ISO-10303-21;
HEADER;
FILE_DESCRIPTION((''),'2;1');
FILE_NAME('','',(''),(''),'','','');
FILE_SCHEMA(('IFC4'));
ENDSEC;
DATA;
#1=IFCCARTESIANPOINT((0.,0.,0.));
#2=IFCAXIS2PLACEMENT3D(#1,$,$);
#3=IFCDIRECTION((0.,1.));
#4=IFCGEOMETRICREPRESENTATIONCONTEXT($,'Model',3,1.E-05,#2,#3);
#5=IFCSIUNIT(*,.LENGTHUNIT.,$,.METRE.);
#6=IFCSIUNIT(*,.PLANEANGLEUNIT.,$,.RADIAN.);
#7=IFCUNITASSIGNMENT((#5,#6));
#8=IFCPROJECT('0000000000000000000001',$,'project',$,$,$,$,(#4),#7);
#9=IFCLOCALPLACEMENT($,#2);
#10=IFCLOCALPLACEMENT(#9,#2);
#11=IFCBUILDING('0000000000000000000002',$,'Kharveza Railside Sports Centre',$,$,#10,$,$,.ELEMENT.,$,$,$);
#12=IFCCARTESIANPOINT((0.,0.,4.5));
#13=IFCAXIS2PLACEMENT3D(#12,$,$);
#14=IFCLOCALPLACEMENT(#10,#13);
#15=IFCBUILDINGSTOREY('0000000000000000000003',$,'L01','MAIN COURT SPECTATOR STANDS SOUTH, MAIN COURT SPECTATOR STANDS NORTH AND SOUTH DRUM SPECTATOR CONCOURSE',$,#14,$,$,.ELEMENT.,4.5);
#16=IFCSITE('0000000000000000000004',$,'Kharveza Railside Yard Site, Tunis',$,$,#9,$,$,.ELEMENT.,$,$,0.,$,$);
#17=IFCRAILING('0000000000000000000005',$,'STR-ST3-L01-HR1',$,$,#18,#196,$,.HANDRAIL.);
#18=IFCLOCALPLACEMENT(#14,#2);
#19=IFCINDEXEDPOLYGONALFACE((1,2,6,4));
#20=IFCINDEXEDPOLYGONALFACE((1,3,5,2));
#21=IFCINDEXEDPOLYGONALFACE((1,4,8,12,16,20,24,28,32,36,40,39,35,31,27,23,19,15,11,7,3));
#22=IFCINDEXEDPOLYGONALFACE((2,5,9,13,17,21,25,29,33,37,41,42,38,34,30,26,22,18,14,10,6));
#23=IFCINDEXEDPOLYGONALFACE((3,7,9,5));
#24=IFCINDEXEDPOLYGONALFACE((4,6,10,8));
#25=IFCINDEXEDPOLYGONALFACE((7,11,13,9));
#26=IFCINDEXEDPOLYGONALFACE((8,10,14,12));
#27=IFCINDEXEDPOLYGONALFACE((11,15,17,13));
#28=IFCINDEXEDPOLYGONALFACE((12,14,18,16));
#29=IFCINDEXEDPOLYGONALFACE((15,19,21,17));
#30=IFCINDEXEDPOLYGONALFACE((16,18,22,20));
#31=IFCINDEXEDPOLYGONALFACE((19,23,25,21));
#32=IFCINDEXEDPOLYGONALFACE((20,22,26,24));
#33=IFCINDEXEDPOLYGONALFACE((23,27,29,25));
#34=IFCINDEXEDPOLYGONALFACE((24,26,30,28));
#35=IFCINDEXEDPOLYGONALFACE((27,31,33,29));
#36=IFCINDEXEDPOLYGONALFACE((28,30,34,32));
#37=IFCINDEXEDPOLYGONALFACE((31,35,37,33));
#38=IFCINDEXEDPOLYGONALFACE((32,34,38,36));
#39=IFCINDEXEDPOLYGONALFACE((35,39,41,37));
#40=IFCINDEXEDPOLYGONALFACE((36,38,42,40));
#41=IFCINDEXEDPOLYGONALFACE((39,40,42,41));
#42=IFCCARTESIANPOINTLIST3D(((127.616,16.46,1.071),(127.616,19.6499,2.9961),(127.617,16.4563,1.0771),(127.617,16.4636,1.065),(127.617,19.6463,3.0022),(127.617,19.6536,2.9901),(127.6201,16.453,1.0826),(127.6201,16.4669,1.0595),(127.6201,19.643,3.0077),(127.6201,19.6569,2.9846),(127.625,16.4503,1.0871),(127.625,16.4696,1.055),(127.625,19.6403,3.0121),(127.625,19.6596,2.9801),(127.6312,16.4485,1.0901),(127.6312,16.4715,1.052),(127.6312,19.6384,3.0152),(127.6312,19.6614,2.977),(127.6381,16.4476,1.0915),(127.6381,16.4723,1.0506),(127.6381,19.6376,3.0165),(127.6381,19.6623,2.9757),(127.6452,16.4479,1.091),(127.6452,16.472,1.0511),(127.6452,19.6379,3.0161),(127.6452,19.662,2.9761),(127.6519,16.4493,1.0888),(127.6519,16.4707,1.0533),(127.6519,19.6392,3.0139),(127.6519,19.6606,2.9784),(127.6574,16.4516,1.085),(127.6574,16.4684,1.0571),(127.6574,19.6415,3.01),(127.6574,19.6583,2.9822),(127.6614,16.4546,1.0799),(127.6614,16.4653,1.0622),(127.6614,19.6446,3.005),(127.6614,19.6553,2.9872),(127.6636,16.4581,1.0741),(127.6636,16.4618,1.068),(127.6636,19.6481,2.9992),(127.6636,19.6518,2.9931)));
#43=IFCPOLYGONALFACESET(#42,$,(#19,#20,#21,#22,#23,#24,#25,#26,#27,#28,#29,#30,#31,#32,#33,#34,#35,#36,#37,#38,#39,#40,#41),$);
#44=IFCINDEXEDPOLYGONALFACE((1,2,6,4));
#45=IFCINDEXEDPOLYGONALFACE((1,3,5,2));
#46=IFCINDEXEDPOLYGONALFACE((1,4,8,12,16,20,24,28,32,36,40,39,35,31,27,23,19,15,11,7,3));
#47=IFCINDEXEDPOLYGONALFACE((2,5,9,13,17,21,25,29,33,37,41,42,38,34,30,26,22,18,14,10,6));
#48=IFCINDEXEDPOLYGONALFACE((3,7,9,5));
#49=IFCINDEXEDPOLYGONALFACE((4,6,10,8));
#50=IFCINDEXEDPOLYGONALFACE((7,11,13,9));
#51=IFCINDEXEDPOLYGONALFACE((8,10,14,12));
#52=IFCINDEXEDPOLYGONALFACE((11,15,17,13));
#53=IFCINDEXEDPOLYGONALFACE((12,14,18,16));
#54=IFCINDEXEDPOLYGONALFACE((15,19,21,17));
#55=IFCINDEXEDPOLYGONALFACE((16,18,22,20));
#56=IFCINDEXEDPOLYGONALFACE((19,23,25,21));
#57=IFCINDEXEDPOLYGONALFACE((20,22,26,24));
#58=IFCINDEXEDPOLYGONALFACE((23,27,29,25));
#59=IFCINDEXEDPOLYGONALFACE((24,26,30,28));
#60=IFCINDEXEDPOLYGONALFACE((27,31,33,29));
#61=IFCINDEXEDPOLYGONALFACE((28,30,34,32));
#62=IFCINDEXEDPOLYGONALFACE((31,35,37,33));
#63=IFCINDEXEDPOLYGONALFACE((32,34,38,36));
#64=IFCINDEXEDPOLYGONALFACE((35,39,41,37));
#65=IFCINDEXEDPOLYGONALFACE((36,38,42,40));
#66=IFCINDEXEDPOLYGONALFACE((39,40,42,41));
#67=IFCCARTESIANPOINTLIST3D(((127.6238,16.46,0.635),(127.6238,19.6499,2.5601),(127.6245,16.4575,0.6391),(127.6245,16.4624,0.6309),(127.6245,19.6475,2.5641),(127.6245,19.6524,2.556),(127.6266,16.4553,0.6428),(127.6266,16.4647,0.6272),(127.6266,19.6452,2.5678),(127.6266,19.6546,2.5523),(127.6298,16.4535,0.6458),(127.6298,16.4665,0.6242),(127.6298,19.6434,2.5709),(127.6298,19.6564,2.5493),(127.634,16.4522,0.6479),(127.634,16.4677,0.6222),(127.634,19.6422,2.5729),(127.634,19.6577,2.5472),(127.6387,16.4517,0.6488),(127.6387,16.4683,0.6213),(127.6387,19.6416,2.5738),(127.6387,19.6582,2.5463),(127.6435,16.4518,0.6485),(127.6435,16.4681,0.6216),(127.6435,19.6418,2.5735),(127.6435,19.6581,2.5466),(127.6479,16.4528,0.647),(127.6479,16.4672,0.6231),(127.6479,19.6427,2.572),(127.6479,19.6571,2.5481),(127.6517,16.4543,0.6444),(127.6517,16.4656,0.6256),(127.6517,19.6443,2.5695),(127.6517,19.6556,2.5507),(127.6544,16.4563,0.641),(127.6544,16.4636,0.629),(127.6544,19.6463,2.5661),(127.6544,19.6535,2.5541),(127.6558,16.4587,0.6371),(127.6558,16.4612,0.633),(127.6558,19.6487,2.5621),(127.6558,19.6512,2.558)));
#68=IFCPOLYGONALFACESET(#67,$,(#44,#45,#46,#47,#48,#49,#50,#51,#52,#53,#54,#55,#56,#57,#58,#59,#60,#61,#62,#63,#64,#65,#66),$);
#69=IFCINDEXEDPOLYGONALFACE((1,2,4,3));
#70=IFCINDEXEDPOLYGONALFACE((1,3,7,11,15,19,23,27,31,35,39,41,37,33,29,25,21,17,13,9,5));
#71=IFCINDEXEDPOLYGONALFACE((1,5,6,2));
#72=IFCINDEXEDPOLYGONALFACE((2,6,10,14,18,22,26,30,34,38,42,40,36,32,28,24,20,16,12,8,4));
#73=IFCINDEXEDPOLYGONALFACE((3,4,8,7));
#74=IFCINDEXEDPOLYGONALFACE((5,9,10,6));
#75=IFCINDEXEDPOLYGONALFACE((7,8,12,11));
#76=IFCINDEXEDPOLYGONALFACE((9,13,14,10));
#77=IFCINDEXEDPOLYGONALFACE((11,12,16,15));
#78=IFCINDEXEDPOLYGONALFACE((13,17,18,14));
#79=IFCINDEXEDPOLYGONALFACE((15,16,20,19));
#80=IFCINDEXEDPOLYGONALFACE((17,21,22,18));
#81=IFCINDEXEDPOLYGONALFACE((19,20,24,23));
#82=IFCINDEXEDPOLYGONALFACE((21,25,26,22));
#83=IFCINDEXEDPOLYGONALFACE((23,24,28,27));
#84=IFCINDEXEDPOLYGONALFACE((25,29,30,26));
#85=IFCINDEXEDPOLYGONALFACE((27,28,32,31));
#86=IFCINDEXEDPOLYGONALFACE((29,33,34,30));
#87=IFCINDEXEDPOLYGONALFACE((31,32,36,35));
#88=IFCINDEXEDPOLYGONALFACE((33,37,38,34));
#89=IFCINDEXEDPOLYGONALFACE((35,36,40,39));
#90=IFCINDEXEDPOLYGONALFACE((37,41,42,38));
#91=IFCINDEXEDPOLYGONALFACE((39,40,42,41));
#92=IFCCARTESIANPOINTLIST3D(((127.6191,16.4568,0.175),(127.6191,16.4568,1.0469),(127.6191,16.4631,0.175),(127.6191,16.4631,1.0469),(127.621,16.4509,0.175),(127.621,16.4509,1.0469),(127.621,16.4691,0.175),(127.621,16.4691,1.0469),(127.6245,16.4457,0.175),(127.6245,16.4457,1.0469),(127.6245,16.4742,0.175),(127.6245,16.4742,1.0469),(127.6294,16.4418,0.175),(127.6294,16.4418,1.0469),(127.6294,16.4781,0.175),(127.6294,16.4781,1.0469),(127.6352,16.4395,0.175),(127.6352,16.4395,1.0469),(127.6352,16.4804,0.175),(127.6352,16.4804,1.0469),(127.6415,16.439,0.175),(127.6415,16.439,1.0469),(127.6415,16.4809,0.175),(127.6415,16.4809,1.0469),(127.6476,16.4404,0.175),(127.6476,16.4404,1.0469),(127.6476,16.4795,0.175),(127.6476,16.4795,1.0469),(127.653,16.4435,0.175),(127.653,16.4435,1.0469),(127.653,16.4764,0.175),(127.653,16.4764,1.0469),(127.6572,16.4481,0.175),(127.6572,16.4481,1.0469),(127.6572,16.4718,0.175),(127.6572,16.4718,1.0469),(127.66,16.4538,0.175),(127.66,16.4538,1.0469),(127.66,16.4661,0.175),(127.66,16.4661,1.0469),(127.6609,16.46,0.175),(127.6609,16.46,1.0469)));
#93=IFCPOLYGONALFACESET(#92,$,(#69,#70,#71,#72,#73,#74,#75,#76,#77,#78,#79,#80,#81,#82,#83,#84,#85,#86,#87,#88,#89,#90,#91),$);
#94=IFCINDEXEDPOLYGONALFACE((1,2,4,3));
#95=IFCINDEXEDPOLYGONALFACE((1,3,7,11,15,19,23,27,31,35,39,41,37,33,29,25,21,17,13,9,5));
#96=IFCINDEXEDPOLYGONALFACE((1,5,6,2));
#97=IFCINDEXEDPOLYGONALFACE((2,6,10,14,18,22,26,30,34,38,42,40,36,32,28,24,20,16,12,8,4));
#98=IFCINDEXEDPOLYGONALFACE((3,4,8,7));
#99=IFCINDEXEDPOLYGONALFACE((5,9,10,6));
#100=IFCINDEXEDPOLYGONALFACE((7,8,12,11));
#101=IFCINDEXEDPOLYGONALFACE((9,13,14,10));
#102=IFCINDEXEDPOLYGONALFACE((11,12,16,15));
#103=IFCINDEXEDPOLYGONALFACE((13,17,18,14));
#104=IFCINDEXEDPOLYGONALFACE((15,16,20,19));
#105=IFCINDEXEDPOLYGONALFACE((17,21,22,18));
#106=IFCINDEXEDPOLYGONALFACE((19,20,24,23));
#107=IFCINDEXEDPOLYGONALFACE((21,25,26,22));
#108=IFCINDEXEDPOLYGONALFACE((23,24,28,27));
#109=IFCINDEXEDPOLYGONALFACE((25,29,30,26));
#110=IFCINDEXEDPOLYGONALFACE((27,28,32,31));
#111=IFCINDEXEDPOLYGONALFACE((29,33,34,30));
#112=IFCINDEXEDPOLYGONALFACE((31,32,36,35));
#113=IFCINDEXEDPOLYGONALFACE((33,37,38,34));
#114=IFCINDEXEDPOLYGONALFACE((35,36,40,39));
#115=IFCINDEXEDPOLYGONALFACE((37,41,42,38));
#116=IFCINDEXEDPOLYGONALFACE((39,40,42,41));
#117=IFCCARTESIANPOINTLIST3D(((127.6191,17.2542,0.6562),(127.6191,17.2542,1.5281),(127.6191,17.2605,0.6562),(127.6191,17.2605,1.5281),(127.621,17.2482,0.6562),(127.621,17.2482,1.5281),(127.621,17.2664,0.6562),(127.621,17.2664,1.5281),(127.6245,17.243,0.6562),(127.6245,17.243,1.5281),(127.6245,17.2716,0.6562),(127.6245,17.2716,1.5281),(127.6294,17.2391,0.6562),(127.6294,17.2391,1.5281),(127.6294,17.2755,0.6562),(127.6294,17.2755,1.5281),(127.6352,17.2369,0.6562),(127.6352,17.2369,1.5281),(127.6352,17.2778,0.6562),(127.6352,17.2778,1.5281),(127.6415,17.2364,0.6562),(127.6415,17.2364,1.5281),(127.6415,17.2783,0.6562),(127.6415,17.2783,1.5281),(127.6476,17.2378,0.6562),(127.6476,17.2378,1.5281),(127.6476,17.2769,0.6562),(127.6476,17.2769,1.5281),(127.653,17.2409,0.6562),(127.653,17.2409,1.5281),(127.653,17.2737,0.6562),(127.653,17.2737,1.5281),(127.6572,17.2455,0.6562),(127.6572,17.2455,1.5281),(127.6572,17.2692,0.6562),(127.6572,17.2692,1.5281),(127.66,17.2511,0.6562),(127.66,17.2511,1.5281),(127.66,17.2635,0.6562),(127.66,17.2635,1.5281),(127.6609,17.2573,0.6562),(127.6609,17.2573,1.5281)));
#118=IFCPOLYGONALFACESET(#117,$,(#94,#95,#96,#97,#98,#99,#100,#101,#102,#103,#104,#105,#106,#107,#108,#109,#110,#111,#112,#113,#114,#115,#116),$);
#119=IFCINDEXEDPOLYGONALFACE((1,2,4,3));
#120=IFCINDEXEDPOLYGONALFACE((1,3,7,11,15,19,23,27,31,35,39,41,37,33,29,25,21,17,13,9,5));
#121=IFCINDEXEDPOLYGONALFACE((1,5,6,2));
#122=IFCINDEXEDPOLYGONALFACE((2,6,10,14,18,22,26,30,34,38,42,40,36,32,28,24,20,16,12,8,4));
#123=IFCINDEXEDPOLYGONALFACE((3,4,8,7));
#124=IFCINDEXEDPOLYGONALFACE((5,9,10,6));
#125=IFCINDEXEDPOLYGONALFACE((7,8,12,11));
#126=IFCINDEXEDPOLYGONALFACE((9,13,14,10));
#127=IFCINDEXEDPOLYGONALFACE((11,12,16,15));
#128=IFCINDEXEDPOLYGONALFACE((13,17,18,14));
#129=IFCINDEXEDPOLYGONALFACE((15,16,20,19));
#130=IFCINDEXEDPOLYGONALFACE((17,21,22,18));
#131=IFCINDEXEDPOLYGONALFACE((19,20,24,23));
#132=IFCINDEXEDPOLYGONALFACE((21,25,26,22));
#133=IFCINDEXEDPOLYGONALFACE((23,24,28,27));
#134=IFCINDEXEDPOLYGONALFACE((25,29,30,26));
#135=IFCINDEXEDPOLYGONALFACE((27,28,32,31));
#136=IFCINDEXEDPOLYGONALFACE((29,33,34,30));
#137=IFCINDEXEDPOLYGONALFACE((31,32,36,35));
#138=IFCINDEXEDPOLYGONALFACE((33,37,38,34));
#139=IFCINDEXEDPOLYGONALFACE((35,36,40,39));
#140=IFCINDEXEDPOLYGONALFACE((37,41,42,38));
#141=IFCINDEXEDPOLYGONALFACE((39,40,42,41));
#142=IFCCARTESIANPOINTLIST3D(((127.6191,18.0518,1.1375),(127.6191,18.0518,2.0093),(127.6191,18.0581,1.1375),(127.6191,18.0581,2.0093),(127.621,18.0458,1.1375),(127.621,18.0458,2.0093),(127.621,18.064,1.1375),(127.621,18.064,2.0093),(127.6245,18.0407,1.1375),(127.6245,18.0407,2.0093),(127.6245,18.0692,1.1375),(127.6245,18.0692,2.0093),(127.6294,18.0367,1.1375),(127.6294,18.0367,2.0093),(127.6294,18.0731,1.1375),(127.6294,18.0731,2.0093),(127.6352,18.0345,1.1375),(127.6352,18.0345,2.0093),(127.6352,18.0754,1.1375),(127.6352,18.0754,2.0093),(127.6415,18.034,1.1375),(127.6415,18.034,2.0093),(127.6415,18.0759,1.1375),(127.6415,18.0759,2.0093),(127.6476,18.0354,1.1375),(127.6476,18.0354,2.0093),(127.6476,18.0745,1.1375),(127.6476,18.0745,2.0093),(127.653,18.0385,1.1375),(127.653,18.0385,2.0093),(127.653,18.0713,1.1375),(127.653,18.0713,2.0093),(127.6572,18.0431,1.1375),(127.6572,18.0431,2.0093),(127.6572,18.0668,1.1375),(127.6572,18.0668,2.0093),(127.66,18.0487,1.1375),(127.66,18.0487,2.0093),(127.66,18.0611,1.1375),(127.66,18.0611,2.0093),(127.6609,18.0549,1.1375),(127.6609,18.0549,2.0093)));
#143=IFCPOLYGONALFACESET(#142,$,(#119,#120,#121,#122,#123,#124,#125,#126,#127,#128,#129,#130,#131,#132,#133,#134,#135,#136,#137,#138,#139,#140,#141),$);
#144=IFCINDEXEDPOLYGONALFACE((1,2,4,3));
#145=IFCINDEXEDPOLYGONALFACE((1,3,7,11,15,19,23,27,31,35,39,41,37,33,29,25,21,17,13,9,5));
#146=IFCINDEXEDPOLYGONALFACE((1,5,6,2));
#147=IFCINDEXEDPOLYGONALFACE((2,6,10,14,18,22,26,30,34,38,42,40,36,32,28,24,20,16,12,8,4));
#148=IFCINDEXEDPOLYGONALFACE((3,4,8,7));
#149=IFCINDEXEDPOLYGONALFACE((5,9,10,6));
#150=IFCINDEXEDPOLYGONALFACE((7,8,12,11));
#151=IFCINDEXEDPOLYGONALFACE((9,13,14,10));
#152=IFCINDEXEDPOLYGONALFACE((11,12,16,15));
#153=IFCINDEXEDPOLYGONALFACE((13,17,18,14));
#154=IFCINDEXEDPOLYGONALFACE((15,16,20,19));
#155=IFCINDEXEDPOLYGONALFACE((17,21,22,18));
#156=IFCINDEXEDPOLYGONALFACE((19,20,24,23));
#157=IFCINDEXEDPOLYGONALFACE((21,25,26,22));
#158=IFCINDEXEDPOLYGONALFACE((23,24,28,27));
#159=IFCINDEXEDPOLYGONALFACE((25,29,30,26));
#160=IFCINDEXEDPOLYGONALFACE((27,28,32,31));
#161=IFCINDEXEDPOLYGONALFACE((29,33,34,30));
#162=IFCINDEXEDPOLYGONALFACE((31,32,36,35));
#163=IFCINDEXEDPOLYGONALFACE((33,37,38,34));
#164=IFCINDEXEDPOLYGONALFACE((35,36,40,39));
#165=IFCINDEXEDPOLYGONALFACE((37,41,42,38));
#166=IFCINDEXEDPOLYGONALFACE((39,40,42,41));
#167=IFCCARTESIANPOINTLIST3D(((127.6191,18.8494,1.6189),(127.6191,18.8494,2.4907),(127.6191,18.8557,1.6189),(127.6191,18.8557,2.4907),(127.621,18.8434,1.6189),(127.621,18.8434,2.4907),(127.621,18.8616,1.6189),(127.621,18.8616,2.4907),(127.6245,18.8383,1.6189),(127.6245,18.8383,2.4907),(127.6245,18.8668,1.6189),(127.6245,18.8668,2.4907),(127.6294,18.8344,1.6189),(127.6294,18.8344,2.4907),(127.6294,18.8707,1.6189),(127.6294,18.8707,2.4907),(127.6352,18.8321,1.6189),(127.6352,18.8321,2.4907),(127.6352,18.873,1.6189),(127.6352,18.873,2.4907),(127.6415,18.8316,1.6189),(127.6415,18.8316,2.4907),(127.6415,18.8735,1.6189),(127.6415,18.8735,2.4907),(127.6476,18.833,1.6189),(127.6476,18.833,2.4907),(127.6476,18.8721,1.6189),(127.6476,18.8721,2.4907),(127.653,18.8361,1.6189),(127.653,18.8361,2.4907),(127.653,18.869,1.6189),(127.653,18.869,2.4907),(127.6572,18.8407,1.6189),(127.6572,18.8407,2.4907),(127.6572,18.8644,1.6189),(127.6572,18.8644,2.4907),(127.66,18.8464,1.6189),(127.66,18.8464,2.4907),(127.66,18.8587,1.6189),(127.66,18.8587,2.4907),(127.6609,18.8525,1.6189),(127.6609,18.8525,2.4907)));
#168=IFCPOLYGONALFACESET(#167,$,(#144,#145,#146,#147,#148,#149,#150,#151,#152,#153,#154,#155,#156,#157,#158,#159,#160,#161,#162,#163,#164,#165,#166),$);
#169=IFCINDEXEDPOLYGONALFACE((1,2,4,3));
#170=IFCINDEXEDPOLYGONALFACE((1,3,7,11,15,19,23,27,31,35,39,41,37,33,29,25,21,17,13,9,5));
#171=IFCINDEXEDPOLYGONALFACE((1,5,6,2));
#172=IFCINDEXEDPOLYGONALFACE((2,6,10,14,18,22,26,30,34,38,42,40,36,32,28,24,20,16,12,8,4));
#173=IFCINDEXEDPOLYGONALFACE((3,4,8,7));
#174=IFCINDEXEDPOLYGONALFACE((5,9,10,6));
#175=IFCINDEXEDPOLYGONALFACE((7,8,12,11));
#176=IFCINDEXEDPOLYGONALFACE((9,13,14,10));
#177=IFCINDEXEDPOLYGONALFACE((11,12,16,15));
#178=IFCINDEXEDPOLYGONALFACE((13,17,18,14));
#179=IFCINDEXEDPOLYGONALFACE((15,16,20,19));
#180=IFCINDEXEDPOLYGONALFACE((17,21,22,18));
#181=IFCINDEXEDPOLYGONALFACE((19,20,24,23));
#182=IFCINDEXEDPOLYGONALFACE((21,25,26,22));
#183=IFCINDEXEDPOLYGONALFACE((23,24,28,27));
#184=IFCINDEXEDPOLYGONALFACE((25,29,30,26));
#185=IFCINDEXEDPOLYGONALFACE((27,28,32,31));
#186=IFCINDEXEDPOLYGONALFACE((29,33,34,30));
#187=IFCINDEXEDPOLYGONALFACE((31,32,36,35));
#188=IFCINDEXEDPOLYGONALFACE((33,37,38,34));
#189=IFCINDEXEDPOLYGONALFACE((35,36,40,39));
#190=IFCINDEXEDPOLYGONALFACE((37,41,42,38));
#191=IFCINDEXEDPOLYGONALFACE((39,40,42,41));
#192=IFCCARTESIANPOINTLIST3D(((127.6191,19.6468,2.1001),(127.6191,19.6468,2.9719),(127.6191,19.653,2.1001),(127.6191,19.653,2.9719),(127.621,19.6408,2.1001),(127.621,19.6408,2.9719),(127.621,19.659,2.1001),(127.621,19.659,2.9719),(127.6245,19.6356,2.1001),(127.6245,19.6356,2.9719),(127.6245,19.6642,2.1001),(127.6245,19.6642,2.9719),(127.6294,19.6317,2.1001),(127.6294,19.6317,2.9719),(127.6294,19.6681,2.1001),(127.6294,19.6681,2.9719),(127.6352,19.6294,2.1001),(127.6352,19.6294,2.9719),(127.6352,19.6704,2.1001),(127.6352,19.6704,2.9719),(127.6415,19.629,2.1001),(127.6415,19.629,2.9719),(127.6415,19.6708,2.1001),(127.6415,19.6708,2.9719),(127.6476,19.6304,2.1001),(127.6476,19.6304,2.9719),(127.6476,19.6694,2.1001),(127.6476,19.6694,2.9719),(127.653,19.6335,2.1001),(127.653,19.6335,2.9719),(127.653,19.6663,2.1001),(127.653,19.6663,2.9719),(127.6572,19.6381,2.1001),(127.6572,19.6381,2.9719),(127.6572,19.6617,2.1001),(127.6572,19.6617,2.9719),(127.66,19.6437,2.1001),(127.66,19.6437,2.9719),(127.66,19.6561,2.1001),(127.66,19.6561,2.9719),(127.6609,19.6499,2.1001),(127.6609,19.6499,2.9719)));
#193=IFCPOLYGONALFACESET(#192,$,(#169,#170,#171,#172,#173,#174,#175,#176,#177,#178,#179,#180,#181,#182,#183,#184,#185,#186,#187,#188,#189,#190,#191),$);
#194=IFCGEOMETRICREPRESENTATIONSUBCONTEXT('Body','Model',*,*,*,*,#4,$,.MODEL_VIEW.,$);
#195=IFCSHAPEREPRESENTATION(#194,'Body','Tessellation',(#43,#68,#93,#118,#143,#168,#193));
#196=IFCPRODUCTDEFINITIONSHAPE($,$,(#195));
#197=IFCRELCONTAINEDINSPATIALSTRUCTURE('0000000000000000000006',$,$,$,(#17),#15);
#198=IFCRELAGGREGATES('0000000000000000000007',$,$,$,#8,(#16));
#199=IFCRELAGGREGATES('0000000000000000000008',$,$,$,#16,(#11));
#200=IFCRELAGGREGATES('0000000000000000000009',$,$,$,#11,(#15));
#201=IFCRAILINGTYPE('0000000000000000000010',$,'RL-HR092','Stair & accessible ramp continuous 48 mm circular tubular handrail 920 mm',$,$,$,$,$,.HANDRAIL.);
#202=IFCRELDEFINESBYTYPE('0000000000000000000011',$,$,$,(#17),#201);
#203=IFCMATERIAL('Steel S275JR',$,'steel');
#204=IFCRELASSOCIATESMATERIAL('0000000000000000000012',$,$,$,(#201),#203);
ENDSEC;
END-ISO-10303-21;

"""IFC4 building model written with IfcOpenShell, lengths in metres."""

from ifc_helpers import new_model, si_unit, direction, frame, origin, origin_2d, place, context, subcontext, project, spatial, circle, extrude, material, type_object, element, save


model = new_model("IFC4")

# Units and contexts
model_context = context("Model", 3, precision=1e-05, world=origin(), true_north=direction((0.0, 1.0)))
body_context = subcontext(model_context, "Body", "Model", "MODEL_VIEW")
ifc_project = project(units=[si_unit("LENGTHUNIT", "METRE"), si_unit("PLANEANGLEUNIT", "RADIAN")], contexts=[model_context])

# Site, building, storey
site_placement = place(None, origin())
site = spatial("IfcSite", under=ifc_project, at=site_placement, Name="Kharveza Railside Yard Site, Tunis", CompositionType="ELEMENT", RefElevation=0.0)
building_placement = place(site_placement, origin())
building = spatial("IfcBuilding", under=site, at=building_placement, Name="Kharveza Railside Sports Centre", CompositionType="ELEMENT")
storey_placement = place(building_placement, frame((0.0, 0.0, 4.5)))
storey = spatial("IfcBuildingStorey", under=building, at=storey_placement, Name="L01", Description="MAIN COURT SPECTATOR STANDS SOUTH, MAIN COURT SPECTATOR STANDS NORTH AND SOUTH DRUM SPECTATOR CONCOURSE", CompositionType="ELEMENT", Elevation=4.5)

# Railing
ifc_material_1 = material(Name="Steel S275JR", Category="steel")
railing_type_1 = type_object("IfcRailingType", Name="RL-HR092", Description="Stair & accessible ramp continuous 48 mm circular tubular handrail 920 mm", PredefinedType="HANDRAIL", material=ifc_material_1)
railing_1_placement = place(storey_placement, frame((127.6399, 16.46, 0.175)))
element("IfcRailing", 1, at=railing_1_placement, inside=storey, type_object=railing_type_1, Name="STR-ST3-L01-HR1", PredefinedType="HANDRAIL", context=body_context, shape_type="SweptSolid", body=[
    extrude(circle(Radius=0.0239, at=origin_2d()), frame((0.0, 0.0, 0.896), z_axis=(0.0, 0.856178, 0.516682), x_axis=(-1.0, 0.0, 0.0)), (0.0, 0.0, 1.0), 3.7258),
    extrude(circle(Radius=0.0161, at=origin_2d()), frame((0.0, 0.0, 0.46), z_axis=(0.0, 0.856178, 0.516682), x_axis=(-1.0, 0.0, 0.0)), (0.0, 0.0, 1.0), 3.7258),
    extrude(circle(Radius=0.021, at=origin_2d()), origin(), (0.0, 0.0, 1.0), 0.8718),
    extrude(circle(Radius=0.021, at=origin_2d()), frame((0.0, 0.7974, 0.4812)), (0.0, 0.0, 1.0), 0.8718),
    extrude(circle(Radius=0.021, at=origin_2d()), frame((0.0, 1.595, 0.9624)), (0.0, 0.0, 1.0), 0.8718),
    extrude(circle(Radius=0.021, at=origin_2d()), frame((0.0, 2.3926, 1.4438)), (0.0, 0.0, 1.0), 0.8718),
    extrude(circle(Radius=0.021, at=origin_2d()), frame((0.0, 3.1899, 1.925)), (0.0, 0.0, 1.0), 0.8718),
])

save(model, "model.ifc")
